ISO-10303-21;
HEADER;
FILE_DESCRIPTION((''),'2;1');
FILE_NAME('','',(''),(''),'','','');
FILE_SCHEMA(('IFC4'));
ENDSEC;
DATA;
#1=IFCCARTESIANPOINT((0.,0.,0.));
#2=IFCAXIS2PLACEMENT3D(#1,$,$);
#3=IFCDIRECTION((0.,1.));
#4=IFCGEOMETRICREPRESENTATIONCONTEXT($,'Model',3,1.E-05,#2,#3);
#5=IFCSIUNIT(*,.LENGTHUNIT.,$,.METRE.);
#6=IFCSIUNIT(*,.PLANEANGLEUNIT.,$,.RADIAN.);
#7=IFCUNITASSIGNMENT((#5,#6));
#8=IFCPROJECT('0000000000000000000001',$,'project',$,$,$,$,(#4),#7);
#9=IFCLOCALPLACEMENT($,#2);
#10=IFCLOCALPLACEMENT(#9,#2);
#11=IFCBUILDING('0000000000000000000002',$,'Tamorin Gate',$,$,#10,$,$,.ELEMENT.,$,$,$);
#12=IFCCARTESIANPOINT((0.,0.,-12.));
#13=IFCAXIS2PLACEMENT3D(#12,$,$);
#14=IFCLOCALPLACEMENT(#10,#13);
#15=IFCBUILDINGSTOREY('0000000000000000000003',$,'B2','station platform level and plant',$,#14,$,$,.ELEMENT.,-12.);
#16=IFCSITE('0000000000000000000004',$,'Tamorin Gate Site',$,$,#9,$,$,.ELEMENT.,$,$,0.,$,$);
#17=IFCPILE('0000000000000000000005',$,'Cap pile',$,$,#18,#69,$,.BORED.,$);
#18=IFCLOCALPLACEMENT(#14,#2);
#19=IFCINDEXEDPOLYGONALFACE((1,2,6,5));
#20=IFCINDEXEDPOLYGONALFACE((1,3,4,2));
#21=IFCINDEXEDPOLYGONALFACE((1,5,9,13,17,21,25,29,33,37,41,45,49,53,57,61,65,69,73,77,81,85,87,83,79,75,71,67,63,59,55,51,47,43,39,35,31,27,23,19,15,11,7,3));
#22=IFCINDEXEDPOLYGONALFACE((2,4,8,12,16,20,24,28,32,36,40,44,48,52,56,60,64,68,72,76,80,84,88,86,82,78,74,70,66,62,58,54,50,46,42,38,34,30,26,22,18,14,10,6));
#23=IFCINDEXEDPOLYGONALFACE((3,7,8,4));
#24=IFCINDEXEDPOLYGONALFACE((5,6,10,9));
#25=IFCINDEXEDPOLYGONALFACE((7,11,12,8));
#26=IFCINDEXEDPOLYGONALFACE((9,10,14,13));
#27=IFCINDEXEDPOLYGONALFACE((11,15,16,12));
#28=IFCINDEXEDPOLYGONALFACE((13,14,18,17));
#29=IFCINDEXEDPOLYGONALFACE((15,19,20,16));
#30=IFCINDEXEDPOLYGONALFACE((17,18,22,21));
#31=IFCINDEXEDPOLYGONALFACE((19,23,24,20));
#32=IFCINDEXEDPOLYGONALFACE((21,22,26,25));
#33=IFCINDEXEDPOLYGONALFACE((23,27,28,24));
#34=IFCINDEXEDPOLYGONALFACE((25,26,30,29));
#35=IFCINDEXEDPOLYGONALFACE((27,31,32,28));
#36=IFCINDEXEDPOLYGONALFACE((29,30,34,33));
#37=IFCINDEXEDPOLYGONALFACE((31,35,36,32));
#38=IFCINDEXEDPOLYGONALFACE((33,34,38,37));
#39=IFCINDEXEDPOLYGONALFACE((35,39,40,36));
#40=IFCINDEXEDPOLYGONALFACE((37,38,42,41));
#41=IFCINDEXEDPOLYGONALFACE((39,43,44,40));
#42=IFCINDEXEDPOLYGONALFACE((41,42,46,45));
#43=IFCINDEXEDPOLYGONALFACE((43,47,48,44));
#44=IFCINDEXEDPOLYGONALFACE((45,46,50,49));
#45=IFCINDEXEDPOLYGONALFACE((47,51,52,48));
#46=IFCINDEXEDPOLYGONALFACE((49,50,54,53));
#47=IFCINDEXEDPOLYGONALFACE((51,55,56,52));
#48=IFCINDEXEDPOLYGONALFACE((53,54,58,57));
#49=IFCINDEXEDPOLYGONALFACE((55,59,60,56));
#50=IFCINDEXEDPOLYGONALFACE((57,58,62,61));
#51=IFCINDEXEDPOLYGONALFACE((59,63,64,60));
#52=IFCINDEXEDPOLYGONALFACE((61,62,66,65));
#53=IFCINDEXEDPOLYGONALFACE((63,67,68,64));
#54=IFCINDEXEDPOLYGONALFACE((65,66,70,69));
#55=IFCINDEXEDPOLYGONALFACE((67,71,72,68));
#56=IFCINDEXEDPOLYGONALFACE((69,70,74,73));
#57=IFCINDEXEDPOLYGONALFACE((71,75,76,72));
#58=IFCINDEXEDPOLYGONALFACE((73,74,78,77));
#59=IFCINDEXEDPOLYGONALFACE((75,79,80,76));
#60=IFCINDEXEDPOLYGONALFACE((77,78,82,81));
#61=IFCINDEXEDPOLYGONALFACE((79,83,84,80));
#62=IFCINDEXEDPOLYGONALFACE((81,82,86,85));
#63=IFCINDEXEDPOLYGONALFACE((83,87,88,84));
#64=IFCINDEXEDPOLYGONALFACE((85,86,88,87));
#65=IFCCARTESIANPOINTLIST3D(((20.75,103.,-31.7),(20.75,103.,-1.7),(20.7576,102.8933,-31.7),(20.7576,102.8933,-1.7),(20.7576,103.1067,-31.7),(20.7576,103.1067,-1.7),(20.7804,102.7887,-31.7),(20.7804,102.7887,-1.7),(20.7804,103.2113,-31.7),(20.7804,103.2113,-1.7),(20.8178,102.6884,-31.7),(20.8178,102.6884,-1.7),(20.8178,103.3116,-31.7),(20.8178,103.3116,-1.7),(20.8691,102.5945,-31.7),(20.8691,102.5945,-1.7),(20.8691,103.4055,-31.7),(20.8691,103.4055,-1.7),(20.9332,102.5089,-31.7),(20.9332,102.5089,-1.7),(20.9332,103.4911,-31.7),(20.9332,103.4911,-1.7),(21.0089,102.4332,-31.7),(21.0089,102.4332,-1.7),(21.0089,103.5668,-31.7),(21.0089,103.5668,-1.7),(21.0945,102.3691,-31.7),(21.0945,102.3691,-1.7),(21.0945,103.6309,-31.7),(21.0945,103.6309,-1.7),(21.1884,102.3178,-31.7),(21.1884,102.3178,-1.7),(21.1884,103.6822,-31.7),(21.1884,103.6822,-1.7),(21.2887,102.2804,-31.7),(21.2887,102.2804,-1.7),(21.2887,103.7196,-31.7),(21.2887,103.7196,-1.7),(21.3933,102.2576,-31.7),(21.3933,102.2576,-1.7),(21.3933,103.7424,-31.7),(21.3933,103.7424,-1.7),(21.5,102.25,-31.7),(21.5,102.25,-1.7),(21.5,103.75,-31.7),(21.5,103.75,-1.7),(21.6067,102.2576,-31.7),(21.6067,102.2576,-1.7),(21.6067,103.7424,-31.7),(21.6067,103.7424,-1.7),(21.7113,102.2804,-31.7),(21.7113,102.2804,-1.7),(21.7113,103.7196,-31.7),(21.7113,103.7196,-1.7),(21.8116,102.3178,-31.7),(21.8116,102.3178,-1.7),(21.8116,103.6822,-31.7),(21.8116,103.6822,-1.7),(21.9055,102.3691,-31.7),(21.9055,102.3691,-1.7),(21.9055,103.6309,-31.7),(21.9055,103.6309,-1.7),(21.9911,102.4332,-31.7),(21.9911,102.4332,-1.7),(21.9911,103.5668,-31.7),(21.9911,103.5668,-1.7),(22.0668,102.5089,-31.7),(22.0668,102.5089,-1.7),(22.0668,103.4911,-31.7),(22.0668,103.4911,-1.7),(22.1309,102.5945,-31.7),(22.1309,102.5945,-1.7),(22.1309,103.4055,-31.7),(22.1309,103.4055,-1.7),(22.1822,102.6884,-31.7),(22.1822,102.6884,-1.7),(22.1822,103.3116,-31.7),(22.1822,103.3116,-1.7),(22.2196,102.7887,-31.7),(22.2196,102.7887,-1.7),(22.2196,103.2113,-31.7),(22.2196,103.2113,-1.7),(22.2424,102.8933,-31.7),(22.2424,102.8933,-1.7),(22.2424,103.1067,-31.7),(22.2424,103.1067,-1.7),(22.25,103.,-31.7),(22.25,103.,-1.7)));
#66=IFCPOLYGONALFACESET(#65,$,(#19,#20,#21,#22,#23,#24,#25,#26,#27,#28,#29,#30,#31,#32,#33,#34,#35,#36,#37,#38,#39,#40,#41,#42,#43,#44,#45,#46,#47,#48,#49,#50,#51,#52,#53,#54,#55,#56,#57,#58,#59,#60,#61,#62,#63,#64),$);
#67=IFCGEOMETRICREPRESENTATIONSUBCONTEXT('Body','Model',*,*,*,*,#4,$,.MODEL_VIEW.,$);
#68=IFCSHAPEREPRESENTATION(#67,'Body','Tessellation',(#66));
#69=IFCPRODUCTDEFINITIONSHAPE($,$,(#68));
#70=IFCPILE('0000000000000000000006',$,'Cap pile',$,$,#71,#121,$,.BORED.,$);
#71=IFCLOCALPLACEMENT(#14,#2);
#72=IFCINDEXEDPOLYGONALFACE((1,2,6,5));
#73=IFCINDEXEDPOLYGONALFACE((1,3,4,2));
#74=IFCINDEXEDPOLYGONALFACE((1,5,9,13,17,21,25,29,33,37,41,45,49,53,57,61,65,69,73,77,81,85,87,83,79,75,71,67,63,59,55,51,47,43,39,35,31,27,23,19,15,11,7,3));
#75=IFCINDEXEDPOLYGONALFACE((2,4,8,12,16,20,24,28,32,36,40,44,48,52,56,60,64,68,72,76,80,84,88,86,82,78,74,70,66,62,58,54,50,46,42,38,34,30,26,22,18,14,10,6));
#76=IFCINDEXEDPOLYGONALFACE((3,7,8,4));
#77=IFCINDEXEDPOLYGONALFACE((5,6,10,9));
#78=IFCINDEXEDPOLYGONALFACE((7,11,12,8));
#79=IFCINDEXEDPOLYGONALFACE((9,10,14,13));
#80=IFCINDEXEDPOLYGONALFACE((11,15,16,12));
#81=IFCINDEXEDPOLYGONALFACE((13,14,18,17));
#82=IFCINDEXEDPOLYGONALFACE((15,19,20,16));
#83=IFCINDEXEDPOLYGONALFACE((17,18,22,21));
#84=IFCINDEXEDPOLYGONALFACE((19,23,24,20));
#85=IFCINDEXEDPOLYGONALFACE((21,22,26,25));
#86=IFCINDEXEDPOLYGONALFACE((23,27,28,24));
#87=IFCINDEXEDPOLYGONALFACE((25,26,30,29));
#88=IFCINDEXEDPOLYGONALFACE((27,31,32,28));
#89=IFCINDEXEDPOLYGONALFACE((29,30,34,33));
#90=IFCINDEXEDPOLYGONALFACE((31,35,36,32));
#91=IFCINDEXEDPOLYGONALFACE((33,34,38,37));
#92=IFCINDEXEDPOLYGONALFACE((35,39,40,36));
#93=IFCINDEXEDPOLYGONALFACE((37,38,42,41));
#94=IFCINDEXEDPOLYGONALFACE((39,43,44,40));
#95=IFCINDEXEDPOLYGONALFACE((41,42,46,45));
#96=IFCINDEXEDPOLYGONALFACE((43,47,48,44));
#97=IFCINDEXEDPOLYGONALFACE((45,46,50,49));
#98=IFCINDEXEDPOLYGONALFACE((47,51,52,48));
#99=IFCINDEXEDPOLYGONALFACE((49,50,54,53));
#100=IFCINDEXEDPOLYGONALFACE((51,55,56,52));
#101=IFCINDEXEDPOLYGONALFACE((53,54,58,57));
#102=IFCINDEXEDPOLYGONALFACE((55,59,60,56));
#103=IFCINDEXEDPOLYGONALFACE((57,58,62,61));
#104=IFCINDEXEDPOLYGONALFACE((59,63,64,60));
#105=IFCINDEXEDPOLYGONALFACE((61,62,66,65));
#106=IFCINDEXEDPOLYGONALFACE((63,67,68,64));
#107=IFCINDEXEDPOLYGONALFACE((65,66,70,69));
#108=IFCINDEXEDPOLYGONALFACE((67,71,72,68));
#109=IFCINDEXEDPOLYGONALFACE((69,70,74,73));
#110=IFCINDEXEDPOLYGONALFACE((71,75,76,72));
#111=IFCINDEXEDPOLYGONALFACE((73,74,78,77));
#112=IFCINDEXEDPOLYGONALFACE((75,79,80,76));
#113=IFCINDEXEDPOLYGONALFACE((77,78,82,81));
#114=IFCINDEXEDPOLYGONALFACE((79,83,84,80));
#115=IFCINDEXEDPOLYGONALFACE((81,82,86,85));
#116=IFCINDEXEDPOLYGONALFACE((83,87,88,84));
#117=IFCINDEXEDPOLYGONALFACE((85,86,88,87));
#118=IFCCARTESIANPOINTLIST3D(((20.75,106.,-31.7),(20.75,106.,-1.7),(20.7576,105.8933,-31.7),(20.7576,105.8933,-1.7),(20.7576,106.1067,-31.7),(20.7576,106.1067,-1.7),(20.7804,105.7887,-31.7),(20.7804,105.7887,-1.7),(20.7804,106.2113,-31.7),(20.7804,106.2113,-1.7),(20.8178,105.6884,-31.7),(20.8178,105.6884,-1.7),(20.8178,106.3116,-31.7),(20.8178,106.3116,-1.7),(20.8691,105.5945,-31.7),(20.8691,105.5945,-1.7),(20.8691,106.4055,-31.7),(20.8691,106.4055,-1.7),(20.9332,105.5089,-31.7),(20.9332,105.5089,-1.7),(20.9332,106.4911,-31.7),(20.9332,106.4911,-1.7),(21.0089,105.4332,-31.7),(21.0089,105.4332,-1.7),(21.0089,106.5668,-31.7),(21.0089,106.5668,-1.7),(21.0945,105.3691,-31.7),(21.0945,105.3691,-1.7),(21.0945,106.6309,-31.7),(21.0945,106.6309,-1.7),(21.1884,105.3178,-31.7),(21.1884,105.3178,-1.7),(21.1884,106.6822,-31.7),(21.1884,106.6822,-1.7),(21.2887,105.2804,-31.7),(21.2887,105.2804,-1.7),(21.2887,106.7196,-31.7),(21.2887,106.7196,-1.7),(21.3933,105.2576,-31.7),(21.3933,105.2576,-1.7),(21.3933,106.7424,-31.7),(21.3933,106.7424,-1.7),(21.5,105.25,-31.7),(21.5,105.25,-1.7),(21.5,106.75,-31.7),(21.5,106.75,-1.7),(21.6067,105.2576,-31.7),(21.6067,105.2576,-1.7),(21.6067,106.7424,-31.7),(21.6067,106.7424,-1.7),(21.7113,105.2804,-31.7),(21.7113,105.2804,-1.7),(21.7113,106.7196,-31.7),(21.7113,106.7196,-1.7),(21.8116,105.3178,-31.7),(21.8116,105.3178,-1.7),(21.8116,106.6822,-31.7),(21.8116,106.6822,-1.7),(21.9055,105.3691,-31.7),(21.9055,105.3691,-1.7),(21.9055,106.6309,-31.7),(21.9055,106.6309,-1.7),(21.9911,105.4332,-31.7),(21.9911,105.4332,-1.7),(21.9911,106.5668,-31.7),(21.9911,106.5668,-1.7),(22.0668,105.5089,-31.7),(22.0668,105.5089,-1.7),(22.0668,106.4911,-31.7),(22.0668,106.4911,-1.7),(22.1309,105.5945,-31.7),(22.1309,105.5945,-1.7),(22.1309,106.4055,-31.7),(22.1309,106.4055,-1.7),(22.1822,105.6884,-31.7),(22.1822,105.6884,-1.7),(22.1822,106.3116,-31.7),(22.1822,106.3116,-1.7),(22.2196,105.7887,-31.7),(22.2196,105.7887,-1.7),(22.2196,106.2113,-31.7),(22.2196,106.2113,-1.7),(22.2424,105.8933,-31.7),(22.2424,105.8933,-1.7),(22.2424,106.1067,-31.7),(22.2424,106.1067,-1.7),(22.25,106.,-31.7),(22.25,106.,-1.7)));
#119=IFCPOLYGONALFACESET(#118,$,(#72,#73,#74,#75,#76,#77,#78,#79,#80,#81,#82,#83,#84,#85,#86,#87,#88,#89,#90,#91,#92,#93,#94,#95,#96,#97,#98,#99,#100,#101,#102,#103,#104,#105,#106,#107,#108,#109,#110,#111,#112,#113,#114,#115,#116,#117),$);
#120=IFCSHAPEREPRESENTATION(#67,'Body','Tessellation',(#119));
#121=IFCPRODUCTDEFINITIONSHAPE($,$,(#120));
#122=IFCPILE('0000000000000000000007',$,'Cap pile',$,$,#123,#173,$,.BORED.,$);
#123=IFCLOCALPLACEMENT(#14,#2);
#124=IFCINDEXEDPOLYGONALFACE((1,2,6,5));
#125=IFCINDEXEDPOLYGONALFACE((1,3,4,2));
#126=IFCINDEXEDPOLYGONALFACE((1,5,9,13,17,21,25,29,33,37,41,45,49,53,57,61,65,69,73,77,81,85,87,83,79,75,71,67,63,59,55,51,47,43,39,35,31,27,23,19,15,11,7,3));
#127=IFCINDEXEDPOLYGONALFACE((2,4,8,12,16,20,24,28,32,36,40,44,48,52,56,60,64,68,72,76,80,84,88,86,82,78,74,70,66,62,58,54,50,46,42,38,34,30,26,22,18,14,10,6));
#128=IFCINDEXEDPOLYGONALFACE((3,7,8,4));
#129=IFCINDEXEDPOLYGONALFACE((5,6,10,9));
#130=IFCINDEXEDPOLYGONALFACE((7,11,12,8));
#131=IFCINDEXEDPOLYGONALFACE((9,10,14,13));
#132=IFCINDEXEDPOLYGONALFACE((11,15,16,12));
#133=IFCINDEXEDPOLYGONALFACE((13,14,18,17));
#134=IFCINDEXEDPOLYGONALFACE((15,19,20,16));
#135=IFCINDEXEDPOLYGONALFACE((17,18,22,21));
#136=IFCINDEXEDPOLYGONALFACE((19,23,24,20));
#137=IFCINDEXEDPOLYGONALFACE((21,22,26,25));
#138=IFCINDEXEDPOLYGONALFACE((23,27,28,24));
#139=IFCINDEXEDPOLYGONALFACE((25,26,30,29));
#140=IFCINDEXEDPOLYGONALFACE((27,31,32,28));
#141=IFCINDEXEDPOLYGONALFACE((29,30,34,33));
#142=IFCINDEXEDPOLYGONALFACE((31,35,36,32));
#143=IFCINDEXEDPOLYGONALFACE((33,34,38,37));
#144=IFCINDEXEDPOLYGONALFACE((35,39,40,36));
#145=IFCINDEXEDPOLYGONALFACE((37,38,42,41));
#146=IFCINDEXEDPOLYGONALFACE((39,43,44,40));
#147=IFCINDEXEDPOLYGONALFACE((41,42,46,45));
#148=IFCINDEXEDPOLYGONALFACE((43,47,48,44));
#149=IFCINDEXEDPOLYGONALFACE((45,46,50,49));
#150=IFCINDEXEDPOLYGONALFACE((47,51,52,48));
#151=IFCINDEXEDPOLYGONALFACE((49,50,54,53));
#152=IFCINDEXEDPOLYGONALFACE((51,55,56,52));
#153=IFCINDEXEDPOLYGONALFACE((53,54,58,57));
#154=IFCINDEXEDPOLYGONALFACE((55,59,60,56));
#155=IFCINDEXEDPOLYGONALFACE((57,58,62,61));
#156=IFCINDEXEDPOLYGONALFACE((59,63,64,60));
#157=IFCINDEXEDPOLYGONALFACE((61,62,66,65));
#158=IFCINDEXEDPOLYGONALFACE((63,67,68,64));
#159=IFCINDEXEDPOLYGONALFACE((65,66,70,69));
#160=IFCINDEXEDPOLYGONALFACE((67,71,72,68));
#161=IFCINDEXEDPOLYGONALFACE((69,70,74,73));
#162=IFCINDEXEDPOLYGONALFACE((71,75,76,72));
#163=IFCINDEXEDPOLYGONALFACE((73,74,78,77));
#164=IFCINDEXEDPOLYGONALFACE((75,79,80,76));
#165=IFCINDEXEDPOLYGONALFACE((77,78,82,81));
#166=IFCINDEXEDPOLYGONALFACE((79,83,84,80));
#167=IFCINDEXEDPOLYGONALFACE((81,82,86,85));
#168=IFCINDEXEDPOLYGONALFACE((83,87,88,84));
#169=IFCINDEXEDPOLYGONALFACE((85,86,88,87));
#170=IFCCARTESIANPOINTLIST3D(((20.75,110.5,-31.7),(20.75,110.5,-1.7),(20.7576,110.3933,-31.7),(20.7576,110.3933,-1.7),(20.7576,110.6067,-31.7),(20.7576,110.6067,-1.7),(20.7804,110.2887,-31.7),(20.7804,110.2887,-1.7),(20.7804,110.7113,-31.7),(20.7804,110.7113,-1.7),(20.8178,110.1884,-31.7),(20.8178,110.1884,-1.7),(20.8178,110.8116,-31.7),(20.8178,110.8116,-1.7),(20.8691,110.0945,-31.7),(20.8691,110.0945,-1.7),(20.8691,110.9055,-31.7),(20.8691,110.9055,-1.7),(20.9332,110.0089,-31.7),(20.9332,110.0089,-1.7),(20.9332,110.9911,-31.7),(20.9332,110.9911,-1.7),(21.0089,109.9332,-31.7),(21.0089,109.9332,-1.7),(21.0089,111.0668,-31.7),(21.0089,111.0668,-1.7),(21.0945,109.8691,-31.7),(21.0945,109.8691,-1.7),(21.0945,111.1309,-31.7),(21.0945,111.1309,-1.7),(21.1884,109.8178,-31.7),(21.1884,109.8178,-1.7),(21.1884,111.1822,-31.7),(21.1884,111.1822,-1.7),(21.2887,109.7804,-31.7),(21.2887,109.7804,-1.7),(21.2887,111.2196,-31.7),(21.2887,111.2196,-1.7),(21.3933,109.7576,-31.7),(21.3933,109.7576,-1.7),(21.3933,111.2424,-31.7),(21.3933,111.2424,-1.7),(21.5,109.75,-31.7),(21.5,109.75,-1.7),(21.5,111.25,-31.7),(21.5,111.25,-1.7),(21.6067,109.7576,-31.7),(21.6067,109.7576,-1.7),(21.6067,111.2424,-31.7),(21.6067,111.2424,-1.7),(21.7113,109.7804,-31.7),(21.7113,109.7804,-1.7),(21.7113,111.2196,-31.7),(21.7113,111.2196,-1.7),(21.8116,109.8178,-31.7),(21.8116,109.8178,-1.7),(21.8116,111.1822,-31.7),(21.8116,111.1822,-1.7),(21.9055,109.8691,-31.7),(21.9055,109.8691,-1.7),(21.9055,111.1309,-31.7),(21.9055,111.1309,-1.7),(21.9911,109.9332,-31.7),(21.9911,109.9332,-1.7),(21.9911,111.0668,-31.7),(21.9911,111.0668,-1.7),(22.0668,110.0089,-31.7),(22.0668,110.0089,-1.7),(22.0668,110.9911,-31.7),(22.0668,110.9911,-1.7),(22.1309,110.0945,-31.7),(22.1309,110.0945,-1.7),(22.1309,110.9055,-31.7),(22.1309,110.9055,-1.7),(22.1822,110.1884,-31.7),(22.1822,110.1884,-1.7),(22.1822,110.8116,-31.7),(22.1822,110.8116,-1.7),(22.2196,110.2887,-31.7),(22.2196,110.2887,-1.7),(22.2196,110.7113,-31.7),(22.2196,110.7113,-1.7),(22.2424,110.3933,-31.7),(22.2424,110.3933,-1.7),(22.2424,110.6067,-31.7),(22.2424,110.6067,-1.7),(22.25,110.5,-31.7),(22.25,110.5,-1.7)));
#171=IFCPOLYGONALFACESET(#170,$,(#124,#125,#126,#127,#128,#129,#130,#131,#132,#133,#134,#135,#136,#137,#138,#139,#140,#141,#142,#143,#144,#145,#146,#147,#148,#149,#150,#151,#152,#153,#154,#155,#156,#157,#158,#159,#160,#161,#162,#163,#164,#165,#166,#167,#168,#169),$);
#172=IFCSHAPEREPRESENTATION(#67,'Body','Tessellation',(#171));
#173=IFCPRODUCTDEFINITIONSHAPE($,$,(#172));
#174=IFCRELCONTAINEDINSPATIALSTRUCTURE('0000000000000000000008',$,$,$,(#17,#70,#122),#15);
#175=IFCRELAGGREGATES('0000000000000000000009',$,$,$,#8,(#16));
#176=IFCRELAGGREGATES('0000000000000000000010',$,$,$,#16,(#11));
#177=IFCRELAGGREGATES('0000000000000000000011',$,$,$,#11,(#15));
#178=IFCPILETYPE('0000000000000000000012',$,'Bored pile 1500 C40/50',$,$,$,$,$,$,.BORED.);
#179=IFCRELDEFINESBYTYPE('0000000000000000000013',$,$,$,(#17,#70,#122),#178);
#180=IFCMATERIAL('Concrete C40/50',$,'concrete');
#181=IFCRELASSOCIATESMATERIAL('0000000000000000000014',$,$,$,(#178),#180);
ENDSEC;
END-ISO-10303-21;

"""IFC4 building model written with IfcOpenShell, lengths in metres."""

from ifc_helpers import new_model, si_unit, direction, frame, origin, origin_2d, place, context, subcontext, project, spatial, circle, extrude, material, material_profile, profile_set, type_object, element, save


model = new_model("IFC4")

# Units and contexts
model_context = context("Model", 3, precision=1e-05, world=origin(), true_north=direction((0.0, 1.0)))
body_context = subcontext(model_context, "Body", "Model", "MODEL_VIEW")
ifc_project = project(units=[si_unit("LENGTHUNIT", "METRE"), si_unit("PLANEANGLEUNIT", "RADIAN")], contexts=[model_context])

# Site, building, storey
site_placement = place(None, origin())
site = spatial("IfcSite", under=ifc_project, at=site_placement, Name="Tamorin Gate Site", CompositionType="ELEMENT", RefElevation=0.0)
building_placement = place(site_placement, origin())
building = spatial("IfcBuilding", under=site, at=building_placement, Name="Tamorin Gate", CompositionType="ELEMENT")
storey_placement = place(building_placement, frame((0.0, 0.0, -12.0)))
storey = spatial("IfcBuildingStorey", under=building, at=storey_placement, Name="B2", Description="station platform level and plant", CompositionType="ELEMENT", Elevation=-12.0)

# Piles
ifc_material_1 = material(Name="Concrete C40/50", Category="concrete")
ifc_material_profile_1 = material_profile(ifc_material_1, circle(Radius=0.75, at=origin_2d()))
ifc_profile_set_1 = profile_set([ifc_material_profile_1], Name="Concrete C40/50")
pile_type = type_object("IfcPileType", Name="Bored pile 1500 C40/50", PredefinedType="BORED", material=ifc_profile_set_1)
for number, where, z_axis, x_axis, name in (
    (1, (21.5, 103.0, -1.7), (0.0, 0.0, -1.0), (1.0, 0.0, 0.0), "Cap pile"),
    (2, (21.5, 106.0, -1.7), (0.0, 0.0, -1.0), (1.0, 0.0, 0.0), "Cap pile"),
    (3, (21.5, 110.5, -1.7), (0.0, 0.0, -1.0), (1.0, 0.0, 0.0), "Cap pile"),
):
    element("IfcPile", number, at=place(storey_placement, frame(where, z_axis=z_axis, x_axis=x_axis)), inside=storey, type_object=pile_type, Name=name, PredefinedType="BORED", context=body_context, shape_type="SweptSolid", body=[
        extrude(circle(Radius=0.75, at=origin_2d()), origin(), (0.0, 0.0, 1.0), 30.0),
    ])

save(model, "model.ifc")
